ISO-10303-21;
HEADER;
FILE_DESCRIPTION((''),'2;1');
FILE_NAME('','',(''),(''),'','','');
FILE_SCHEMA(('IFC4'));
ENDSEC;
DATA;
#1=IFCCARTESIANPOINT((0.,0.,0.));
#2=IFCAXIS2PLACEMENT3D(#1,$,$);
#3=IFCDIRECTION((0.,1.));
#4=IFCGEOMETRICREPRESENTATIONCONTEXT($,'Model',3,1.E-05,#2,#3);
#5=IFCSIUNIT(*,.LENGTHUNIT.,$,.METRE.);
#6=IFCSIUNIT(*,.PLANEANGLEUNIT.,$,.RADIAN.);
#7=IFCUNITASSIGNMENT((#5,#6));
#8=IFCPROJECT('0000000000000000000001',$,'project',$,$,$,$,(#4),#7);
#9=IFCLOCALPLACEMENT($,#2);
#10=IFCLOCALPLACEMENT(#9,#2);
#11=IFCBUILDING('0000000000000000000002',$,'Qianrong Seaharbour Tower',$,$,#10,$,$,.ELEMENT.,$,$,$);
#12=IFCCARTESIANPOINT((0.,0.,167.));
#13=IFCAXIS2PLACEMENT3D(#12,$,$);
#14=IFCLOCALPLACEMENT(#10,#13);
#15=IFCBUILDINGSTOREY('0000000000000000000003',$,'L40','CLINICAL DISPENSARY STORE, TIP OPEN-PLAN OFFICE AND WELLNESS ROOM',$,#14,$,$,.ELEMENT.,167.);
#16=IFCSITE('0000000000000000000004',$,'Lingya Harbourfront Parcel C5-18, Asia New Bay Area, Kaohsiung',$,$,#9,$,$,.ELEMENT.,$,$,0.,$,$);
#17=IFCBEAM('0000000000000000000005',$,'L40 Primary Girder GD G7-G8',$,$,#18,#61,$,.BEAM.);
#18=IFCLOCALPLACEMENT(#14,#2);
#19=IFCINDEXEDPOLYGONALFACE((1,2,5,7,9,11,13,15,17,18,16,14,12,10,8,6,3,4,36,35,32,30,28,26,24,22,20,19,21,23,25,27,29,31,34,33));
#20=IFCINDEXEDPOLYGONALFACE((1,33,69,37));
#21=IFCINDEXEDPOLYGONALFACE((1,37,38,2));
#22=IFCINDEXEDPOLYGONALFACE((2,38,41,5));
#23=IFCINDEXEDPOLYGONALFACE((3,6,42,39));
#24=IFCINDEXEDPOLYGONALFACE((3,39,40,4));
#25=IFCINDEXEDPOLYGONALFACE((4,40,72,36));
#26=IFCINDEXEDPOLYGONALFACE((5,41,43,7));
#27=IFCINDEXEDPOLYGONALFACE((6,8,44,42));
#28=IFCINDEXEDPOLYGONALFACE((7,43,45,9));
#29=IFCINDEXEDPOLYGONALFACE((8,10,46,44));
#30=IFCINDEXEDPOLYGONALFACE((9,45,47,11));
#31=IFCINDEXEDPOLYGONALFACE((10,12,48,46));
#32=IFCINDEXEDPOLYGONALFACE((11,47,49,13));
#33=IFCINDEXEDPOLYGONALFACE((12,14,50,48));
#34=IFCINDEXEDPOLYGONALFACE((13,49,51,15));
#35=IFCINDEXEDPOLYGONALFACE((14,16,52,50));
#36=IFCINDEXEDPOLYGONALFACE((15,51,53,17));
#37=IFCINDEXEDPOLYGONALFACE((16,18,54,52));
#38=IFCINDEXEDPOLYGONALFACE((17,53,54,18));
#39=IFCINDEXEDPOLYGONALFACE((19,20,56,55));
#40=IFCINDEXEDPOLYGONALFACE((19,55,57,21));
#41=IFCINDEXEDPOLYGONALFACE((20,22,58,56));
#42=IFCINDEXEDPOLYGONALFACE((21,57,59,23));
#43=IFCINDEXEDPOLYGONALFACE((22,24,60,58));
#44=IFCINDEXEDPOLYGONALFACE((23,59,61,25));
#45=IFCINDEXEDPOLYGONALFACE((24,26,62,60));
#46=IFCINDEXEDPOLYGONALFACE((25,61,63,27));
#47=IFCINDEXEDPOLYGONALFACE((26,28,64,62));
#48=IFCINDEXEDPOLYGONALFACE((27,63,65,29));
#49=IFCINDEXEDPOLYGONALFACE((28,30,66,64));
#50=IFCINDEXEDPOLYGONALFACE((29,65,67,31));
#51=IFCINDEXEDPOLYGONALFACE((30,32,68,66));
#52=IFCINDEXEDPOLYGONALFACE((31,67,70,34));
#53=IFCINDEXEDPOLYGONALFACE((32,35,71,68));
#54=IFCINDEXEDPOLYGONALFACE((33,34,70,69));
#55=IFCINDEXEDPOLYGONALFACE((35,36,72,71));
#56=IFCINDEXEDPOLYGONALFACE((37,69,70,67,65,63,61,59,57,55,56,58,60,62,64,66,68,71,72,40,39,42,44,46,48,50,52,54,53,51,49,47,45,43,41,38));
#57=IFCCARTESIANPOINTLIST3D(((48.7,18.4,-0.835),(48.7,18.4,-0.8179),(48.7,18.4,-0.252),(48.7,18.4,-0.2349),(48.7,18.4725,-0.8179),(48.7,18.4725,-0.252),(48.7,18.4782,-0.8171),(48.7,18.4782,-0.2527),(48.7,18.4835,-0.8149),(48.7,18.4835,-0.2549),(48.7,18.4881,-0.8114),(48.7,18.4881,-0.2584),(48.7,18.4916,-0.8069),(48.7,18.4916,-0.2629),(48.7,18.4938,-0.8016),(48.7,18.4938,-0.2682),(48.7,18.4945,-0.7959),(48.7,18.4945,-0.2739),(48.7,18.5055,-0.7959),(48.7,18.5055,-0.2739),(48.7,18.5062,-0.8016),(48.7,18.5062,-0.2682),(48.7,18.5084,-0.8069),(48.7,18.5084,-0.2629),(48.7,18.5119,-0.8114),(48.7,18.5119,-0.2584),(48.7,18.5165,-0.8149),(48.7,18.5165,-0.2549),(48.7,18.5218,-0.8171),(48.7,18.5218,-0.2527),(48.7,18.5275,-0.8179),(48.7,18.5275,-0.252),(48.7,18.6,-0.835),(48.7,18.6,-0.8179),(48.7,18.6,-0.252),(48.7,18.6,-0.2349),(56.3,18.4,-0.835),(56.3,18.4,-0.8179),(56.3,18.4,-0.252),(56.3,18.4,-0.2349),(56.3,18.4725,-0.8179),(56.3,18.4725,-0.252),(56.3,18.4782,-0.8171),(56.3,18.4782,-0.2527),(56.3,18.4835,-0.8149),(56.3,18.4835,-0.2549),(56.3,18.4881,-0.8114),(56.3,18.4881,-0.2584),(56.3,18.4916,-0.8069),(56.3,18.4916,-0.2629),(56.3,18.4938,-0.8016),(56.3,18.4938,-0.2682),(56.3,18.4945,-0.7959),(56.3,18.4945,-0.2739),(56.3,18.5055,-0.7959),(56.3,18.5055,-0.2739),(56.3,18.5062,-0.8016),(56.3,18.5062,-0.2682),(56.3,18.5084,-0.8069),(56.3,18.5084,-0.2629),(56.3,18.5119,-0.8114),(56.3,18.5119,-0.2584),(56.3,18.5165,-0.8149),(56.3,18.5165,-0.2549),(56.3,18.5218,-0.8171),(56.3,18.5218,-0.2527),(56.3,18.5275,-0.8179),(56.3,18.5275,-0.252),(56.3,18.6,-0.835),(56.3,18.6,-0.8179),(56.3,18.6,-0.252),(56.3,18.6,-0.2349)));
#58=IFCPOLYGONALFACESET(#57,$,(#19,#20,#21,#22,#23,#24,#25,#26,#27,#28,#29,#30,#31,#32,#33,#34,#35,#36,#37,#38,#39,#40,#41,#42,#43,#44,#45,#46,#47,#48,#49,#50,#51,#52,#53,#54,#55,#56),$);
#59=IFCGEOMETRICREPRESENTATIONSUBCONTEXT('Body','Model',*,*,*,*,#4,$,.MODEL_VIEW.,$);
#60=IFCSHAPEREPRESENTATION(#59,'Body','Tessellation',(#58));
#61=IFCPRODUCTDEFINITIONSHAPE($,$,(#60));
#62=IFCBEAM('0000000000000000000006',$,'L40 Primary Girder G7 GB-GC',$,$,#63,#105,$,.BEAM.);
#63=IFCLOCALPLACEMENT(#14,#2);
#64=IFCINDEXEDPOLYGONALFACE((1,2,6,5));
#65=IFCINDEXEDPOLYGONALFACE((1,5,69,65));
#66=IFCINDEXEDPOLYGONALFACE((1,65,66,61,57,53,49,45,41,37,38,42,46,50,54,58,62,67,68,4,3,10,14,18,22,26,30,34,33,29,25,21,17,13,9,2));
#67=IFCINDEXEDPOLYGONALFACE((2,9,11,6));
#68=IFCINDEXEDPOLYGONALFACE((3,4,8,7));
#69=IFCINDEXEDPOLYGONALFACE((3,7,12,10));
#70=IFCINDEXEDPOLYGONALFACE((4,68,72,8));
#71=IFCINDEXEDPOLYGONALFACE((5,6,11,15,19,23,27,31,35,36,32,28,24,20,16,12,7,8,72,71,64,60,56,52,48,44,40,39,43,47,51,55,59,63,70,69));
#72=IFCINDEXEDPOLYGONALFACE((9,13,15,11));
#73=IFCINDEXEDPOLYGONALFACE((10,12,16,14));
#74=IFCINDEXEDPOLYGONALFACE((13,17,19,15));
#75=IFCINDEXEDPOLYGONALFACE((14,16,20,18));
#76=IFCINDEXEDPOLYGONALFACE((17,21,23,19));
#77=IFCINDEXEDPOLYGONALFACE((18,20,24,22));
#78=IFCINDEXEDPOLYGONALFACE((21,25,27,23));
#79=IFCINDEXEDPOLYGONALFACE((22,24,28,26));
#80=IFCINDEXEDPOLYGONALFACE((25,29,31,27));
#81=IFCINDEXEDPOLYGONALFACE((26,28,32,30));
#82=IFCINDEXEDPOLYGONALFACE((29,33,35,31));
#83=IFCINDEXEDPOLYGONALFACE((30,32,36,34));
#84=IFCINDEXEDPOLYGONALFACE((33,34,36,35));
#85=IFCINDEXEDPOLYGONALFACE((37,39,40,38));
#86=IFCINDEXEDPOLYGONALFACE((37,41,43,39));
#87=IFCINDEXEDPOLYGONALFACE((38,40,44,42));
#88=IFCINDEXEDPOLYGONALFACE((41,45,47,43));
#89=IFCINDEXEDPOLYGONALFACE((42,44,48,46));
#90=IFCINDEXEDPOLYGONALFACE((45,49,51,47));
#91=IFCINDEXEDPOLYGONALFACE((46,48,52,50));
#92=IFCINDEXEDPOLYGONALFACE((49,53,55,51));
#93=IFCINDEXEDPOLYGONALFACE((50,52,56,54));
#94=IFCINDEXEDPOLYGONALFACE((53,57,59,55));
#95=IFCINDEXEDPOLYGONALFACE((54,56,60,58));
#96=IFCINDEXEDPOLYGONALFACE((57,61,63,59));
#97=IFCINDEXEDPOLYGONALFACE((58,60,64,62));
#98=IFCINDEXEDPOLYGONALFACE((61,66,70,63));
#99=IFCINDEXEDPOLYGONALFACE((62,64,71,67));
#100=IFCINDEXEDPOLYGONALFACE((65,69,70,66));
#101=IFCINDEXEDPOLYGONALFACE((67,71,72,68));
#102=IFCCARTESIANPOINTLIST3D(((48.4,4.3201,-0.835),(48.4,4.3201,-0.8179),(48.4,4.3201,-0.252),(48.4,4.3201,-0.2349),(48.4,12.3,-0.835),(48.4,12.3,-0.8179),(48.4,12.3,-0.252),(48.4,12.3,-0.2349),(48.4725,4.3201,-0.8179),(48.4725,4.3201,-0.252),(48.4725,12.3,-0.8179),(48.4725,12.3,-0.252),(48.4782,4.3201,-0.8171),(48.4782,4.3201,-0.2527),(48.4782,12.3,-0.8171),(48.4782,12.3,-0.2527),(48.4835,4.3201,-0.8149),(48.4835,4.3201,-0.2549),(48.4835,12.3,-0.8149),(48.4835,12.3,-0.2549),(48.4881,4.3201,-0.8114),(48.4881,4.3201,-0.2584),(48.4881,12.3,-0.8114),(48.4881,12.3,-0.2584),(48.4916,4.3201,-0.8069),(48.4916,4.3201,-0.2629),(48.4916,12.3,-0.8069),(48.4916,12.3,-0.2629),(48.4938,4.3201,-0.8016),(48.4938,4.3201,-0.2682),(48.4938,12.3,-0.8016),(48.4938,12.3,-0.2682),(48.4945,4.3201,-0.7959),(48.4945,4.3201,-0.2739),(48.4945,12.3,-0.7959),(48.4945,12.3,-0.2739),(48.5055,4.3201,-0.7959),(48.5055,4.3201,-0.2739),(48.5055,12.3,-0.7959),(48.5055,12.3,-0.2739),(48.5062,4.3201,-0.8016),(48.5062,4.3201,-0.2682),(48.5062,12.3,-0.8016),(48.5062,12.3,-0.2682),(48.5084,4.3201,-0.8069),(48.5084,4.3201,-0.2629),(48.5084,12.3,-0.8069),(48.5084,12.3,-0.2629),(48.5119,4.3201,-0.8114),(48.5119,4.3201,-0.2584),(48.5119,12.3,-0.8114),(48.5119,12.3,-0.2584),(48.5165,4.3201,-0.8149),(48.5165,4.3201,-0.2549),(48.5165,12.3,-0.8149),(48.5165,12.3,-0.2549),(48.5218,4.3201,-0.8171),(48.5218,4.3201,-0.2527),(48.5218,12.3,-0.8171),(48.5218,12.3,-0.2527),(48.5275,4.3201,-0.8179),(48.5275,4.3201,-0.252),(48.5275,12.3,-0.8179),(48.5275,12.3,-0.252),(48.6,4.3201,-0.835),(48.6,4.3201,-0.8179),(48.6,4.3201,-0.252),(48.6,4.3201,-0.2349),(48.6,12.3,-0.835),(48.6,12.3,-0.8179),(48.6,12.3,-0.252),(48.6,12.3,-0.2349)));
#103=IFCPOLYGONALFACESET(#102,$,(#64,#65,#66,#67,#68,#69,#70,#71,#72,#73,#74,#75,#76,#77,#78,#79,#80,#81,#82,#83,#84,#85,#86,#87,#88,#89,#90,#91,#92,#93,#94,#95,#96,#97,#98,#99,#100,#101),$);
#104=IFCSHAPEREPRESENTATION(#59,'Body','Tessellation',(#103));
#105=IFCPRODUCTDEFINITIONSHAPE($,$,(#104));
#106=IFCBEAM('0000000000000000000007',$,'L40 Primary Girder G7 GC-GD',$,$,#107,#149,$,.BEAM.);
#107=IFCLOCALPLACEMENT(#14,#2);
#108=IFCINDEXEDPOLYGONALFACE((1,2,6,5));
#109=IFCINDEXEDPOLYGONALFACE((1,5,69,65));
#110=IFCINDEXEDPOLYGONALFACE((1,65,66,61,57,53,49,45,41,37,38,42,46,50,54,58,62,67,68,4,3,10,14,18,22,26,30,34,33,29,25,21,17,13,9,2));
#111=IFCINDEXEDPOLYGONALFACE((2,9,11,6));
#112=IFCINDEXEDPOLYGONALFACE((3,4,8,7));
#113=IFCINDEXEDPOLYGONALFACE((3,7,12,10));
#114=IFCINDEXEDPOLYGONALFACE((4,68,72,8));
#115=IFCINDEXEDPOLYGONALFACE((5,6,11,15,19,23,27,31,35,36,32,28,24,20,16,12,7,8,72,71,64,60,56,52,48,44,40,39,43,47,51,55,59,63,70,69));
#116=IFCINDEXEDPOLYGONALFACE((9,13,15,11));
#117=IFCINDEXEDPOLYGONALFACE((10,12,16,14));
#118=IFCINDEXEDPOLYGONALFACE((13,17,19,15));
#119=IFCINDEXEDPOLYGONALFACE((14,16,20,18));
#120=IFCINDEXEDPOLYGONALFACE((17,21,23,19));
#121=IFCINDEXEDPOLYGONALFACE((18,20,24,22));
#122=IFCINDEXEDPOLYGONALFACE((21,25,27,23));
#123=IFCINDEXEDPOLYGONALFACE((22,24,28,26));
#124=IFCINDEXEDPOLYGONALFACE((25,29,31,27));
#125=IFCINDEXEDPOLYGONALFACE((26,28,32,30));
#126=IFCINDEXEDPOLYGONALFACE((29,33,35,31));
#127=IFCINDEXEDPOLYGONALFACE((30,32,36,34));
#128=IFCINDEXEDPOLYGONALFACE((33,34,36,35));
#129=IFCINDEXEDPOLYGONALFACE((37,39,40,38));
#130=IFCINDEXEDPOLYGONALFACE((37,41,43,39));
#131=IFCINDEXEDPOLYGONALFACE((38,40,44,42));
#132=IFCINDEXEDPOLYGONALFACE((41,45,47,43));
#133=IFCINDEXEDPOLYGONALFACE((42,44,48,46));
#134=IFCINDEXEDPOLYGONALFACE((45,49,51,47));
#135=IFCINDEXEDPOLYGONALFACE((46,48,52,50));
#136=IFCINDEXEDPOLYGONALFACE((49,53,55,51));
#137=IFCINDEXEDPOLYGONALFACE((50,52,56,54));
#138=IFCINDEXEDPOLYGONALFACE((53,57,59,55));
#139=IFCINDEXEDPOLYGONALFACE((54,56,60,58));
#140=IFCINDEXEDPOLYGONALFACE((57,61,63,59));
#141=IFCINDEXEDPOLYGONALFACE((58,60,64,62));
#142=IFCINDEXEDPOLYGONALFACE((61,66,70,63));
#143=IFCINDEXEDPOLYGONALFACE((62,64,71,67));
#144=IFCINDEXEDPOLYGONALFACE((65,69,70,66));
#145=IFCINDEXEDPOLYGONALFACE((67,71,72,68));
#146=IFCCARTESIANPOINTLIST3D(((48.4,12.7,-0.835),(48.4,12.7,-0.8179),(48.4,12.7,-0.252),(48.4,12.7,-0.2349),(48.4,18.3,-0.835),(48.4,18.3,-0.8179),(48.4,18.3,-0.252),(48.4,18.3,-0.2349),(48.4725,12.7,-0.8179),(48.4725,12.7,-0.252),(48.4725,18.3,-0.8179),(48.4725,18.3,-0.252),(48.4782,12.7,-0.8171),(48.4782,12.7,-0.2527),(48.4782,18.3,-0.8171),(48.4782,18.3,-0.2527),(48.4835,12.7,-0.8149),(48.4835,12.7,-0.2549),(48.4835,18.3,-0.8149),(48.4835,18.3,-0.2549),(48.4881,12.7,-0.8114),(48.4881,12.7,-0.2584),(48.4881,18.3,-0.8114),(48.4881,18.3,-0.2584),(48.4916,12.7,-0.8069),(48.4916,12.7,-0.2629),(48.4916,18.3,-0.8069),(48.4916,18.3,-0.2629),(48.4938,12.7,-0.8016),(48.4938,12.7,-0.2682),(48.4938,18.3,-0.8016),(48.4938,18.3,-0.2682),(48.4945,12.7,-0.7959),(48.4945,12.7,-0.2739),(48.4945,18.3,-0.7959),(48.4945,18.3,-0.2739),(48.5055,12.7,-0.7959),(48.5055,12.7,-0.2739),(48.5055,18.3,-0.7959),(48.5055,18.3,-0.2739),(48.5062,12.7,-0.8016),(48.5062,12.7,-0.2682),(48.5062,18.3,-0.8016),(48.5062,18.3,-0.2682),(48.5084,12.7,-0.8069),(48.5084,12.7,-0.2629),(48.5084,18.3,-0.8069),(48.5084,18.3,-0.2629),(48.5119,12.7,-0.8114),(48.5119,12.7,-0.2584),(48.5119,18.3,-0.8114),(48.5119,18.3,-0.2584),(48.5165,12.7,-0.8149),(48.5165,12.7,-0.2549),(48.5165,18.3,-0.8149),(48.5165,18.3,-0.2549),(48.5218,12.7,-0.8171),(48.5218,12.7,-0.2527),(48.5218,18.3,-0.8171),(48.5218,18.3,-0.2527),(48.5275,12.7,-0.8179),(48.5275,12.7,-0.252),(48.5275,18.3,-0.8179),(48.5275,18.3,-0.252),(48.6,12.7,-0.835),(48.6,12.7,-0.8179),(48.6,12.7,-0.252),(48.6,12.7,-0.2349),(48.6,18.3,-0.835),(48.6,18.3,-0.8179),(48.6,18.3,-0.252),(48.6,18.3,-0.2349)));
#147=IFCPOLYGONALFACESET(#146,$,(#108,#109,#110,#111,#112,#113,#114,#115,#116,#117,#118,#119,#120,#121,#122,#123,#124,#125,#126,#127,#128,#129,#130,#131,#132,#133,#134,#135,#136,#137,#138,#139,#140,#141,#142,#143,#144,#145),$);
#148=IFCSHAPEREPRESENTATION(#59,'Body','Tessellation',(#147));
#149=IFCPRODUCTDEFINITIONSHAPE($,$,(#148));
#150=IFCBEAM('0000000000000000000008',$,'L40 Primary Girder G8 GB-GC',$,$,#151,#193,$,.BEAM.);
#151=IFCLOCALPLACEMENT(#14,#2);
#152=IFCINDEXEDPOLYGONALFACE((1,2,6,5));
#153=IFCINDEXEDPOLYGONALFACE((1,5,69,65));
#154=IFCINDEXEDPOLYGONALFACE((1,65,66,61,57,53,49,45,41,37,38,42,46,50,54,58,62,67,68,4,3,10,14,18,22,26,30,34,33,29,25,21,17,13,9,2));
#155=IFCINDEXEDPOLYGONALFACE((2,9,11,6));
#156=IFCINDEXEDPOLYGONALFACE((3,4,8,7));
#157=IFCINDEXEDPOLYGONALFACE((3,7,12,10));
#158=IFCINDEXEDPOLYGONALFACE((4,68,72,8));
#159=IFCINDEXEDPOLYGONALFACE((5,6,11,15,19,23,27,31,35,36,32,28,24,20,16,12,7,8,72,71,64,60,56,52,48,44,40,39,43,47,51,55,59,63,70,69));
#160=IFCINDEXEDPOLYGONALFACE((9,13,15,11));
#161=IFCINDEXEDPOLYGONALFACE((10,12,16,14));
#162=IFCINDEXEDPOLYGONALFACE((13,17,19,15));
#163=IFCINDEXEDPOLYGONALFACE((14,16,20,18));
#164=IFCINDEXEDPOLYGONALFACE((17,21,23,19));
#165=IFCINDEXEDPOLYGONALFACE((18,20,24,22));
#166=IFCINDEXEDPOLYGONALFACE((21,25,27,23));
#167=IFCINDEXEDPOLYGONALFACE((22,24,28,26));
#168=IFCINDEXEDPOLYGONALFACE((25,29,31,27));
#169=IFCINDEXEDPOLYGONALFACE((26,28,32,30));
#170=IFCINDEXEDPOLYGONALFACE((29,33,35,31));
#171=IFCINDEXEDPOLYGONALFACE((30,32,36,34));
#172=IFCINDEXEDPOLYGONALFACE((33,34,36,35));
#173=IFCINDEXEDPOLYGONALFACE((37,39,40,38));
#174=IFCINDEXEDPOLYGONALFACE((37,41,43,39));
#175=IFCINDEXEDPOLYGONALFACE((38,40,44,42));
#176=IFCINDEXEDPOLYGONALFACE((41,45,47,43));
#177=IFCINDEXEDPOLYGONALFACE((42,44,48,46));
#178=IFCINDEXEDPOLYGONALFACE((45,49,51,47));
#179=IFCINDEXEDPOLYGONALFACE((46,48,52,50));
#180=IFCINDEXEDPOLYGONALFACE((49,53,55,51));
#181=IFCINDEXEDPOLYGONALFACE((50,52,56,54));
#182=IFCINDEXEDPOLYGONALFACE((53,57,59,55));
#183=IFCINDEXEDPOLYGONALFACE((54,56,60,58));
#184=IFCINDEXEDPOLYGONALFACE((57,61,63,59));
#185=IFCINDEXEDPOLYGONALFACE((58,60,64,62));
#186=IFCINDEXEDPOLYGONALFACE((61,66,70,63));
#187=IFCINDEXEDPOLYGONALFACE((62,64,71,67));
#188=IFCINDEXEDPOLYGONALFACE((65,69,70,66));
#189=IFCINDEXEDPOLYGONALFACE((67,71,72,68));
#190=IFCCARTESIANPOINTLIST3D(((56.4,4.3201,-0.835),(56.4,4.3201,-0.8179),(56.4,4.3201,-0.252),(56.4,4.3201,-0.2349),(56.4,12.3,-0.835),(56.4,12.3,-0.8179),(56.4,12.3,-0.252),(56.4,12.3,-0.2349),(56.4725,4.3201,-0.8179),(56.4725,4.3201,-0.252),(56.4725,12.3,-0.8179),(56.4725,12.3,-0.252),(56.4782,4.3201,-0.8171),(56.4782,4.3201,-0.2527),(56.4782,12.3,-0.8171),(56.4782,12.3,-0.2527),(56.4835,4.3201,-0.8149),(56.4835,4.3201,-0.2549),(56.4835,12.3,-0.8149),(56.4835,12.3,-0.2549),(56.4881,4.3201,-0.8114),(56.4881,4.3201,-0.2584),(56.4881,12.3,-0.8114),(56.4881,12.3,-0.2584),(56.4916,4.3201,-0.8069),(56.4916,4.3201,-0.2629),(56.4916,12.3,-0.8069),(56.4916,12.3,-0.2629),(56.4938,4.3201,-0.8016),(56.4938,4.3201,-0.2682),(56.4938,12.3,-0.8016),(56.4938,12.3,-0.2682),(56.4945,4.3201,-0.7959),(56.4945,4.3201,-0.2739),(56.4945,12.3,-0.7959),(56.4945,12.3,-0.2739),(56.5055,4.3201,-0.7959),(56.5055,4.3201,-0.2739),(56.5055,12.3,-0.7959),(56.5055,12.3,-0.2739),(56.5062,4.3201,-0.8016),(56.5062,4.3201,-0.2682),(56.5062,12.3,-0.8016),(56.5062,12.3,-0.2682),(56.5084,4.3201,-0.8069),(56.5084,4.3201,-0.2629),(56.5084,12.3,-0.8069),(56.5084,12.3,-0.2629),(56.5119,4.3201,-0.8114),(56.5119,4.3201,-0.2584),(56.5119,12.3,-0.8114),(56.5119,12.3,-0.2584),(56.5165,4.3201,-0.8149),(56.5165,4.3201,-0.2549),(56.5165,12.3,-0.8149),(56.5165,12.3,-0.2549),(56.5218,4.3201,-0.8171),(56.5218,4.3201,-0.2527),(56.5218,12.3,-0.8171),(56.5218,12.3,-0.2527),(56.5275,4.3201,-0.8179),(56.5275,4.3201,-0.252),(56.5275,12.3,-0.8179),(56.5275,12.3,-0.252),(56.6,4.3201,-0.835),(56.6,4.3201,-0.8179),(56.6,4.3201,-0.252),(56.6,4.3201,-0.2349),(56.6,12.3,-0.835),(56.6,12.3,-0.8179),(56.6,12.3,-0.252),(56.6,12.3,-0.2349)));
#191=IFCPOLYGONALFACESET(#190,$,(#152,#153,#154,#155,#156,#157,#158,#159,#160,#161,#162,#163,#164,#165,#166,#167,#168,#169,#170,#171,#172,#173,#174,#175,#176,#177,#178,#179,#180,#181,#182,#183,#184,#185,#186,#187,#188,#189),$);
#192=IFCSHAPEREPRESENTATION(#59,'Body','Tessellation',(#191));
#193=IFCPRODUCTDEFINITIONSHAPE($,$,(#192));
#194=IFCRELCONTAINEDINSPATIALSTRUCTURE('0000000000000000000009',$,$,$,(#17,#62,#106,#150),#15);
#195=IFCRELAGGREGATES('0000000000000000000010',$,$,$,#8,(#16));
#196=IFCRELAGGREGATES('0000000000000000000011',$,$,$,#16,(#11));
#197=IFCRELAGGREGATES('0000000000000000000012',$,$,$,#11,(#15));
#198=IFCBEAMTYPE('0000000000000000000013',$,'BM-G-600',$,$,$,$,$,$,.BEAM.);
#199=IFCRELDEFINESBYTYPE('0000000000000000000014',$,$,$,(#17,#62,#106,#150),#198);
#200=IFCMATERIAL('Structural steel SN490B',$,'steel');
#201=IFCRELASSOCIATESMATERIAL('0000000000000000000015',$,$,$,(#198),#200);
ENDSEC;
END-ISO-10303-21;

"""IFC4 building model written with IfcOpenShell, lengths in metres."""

from ifc_helpers import new_model, si_unit, direction, frame, origin, origin_2d, place, context, subcontext, project, spatial, i_section, extrude, material, material_profile, profile_set, type_object, element, save


model = new_model("IFC4")

# Units and contexts
model_context = context("Model", 3, precision=1e-05, world=origin(), true_north=direction((0.0, 1.0)))
body_context = subcontext(model_context, "Body", "Model", "MODEL_VIEW")
ifc_project = project(units=[si_unit("LENGTHUNIT", "METRE"), si_unit("PLANEANGLEUNIT", "RADIAN")], contexts=[model_context])

# Site, building, storey
site_placement = place(None, origin())
site = spatial("IfcSite", under=ifc_project, at=site_placement, Name="Lingya Harbourfront Parcel C5-18, Asia New Bay Area, Kaohsiung", CompositionType="ELEMENT", RefElevation=0.0)
building_placement = place(site_placement, origin())
building = spatial("IfcBuilding", under=site, at=building_placement, Name="Qianrong Seaharbour Tower", CompositionType="ELEMENT")
storey_placement = place(building_placement, frame((0.0, 0.0, 167.0)))
storey = spatial("IfcBuildingStorey", under=building, at=storey_placement, Name="L40", Description="CLINICAL DISPENSARY STORE, TIP OPEN-PLAN OFFICE AND WELLNESS ROOM", CompositionType="ELEMENT", Elevation=167.0)

# Shared definitions
ifc_material_1 = material(Name="Structural steel SN490B", Category="steel")

# Beams
ifc_material_profile_1 = material_profile(ifc_material_1, i_section(OverallWidth=0.2, OverallDepth=0.6001, WebThickness=0.011, FlangeThickness=0.0171, FilletRadius=0.022, at=origin_2d()), Name="H600x200x11x17")
ifc_profile_set_1 = profile_set([ifc_material_profile_1], Name="Structural steel SN490B")
beam_type_1 = type_object("IfcBeamType", Name="BM-G-600", PredefinedType="BEAM", material=ifc_profile_set_1)
beam_1_placement = place(storey_placement, frame((48.7, 18.5, -0.5349), z_axis=(1.0, 0.0, 0.0), x_axis=(0.0, 1.0, 0.0)))
element("IfcBeam", 1, at=beam_1_placement, inside=storey, type_object=beam_type_1, Name="L40 Primary Girder GD G7-G8", PredefinedType="BEAM", context=body_context, shape_type="SweptSolid", body=[
    extrude(i_section(OverallWidth=0.2, OverallDepth=0.6001, WebThickness=0.011, FlangeThickness=0.0171, FilletRadius=0.022, at=origin_2d()), origin(), (0.0, 0.0, 1.0), 7.6001),
])
beam_2_placement = place(storey_placement, frame((48.5, 4.3201, -0.5349), z_axis=(0.0, 1.0, 0.0), x_axis=(-1.0, 0.0, 0.0)))
element("IfcBeam", 2, at=beam_2_placement, inside=storey, type_object=beam_type_1, Name="L40 Primary Girder G7 GB-GC", PredefinedType="BEAM", context=body_context, shape_type="SweptSolid", body=[
    extrude(i_section(OverallWidth=0.2, OverallDepth=0.6001, WebThickness=0.011, FlangeThickness=0.0171, FilletRadius=0.022, at=origin_2d()), origin(), (0.0, 0.0, 1.0), 7.98),
])
beam_3_placement = place(storey_placement, frame((48.5, 12.7, -0.5349), z_axis=(0.0, 1.0, 0.0), x_axis=(-1.0, 0.0, 0.0)))
element("IfcBeam", 3, at=beam_3_placement, inside=storey, type_object=beam_type_1, Name="L40 Primary Girder G7 GC-GD", PredefinedType="BEAM", context=body_context, shape_type="SweptSolid", body=[
    extrude(i_section(OverallWidth=0.2, OverallDepth=0.6001, WebThickness=0.011, FlangeThickness=0.0171, FilletRadius=0.022, at=origin_2d()), origin(), (0.0, 0.0, 1.0), 5.6001),
])
beam_4_placement = place(storey_placement, frame((56.5, 4.3201, -0.5349), z_axis=(0.0, 1.0, 0.0), x_axis=(-1.0, 0.0, 0.0)))
element("IfcBeam", 4, at=beam_4_placement, inside=storey, type_object=beam_type_1, Name="L40 Primary Girder G8 GB-GC", PredefinedType="BEAM", context=body_context, shape_type="SweptSolid", body=[
    extrude(i_section(OverallWidth=0.2, OverallDepth=0.6001, WebThickness=0.011, FlangeThickness=0.0171, FilletRadius=0.022, at=origin_2d()), origin(), (0.0, 0.0, 1.0), 7.98),
])

save(model, "model.ifc")
